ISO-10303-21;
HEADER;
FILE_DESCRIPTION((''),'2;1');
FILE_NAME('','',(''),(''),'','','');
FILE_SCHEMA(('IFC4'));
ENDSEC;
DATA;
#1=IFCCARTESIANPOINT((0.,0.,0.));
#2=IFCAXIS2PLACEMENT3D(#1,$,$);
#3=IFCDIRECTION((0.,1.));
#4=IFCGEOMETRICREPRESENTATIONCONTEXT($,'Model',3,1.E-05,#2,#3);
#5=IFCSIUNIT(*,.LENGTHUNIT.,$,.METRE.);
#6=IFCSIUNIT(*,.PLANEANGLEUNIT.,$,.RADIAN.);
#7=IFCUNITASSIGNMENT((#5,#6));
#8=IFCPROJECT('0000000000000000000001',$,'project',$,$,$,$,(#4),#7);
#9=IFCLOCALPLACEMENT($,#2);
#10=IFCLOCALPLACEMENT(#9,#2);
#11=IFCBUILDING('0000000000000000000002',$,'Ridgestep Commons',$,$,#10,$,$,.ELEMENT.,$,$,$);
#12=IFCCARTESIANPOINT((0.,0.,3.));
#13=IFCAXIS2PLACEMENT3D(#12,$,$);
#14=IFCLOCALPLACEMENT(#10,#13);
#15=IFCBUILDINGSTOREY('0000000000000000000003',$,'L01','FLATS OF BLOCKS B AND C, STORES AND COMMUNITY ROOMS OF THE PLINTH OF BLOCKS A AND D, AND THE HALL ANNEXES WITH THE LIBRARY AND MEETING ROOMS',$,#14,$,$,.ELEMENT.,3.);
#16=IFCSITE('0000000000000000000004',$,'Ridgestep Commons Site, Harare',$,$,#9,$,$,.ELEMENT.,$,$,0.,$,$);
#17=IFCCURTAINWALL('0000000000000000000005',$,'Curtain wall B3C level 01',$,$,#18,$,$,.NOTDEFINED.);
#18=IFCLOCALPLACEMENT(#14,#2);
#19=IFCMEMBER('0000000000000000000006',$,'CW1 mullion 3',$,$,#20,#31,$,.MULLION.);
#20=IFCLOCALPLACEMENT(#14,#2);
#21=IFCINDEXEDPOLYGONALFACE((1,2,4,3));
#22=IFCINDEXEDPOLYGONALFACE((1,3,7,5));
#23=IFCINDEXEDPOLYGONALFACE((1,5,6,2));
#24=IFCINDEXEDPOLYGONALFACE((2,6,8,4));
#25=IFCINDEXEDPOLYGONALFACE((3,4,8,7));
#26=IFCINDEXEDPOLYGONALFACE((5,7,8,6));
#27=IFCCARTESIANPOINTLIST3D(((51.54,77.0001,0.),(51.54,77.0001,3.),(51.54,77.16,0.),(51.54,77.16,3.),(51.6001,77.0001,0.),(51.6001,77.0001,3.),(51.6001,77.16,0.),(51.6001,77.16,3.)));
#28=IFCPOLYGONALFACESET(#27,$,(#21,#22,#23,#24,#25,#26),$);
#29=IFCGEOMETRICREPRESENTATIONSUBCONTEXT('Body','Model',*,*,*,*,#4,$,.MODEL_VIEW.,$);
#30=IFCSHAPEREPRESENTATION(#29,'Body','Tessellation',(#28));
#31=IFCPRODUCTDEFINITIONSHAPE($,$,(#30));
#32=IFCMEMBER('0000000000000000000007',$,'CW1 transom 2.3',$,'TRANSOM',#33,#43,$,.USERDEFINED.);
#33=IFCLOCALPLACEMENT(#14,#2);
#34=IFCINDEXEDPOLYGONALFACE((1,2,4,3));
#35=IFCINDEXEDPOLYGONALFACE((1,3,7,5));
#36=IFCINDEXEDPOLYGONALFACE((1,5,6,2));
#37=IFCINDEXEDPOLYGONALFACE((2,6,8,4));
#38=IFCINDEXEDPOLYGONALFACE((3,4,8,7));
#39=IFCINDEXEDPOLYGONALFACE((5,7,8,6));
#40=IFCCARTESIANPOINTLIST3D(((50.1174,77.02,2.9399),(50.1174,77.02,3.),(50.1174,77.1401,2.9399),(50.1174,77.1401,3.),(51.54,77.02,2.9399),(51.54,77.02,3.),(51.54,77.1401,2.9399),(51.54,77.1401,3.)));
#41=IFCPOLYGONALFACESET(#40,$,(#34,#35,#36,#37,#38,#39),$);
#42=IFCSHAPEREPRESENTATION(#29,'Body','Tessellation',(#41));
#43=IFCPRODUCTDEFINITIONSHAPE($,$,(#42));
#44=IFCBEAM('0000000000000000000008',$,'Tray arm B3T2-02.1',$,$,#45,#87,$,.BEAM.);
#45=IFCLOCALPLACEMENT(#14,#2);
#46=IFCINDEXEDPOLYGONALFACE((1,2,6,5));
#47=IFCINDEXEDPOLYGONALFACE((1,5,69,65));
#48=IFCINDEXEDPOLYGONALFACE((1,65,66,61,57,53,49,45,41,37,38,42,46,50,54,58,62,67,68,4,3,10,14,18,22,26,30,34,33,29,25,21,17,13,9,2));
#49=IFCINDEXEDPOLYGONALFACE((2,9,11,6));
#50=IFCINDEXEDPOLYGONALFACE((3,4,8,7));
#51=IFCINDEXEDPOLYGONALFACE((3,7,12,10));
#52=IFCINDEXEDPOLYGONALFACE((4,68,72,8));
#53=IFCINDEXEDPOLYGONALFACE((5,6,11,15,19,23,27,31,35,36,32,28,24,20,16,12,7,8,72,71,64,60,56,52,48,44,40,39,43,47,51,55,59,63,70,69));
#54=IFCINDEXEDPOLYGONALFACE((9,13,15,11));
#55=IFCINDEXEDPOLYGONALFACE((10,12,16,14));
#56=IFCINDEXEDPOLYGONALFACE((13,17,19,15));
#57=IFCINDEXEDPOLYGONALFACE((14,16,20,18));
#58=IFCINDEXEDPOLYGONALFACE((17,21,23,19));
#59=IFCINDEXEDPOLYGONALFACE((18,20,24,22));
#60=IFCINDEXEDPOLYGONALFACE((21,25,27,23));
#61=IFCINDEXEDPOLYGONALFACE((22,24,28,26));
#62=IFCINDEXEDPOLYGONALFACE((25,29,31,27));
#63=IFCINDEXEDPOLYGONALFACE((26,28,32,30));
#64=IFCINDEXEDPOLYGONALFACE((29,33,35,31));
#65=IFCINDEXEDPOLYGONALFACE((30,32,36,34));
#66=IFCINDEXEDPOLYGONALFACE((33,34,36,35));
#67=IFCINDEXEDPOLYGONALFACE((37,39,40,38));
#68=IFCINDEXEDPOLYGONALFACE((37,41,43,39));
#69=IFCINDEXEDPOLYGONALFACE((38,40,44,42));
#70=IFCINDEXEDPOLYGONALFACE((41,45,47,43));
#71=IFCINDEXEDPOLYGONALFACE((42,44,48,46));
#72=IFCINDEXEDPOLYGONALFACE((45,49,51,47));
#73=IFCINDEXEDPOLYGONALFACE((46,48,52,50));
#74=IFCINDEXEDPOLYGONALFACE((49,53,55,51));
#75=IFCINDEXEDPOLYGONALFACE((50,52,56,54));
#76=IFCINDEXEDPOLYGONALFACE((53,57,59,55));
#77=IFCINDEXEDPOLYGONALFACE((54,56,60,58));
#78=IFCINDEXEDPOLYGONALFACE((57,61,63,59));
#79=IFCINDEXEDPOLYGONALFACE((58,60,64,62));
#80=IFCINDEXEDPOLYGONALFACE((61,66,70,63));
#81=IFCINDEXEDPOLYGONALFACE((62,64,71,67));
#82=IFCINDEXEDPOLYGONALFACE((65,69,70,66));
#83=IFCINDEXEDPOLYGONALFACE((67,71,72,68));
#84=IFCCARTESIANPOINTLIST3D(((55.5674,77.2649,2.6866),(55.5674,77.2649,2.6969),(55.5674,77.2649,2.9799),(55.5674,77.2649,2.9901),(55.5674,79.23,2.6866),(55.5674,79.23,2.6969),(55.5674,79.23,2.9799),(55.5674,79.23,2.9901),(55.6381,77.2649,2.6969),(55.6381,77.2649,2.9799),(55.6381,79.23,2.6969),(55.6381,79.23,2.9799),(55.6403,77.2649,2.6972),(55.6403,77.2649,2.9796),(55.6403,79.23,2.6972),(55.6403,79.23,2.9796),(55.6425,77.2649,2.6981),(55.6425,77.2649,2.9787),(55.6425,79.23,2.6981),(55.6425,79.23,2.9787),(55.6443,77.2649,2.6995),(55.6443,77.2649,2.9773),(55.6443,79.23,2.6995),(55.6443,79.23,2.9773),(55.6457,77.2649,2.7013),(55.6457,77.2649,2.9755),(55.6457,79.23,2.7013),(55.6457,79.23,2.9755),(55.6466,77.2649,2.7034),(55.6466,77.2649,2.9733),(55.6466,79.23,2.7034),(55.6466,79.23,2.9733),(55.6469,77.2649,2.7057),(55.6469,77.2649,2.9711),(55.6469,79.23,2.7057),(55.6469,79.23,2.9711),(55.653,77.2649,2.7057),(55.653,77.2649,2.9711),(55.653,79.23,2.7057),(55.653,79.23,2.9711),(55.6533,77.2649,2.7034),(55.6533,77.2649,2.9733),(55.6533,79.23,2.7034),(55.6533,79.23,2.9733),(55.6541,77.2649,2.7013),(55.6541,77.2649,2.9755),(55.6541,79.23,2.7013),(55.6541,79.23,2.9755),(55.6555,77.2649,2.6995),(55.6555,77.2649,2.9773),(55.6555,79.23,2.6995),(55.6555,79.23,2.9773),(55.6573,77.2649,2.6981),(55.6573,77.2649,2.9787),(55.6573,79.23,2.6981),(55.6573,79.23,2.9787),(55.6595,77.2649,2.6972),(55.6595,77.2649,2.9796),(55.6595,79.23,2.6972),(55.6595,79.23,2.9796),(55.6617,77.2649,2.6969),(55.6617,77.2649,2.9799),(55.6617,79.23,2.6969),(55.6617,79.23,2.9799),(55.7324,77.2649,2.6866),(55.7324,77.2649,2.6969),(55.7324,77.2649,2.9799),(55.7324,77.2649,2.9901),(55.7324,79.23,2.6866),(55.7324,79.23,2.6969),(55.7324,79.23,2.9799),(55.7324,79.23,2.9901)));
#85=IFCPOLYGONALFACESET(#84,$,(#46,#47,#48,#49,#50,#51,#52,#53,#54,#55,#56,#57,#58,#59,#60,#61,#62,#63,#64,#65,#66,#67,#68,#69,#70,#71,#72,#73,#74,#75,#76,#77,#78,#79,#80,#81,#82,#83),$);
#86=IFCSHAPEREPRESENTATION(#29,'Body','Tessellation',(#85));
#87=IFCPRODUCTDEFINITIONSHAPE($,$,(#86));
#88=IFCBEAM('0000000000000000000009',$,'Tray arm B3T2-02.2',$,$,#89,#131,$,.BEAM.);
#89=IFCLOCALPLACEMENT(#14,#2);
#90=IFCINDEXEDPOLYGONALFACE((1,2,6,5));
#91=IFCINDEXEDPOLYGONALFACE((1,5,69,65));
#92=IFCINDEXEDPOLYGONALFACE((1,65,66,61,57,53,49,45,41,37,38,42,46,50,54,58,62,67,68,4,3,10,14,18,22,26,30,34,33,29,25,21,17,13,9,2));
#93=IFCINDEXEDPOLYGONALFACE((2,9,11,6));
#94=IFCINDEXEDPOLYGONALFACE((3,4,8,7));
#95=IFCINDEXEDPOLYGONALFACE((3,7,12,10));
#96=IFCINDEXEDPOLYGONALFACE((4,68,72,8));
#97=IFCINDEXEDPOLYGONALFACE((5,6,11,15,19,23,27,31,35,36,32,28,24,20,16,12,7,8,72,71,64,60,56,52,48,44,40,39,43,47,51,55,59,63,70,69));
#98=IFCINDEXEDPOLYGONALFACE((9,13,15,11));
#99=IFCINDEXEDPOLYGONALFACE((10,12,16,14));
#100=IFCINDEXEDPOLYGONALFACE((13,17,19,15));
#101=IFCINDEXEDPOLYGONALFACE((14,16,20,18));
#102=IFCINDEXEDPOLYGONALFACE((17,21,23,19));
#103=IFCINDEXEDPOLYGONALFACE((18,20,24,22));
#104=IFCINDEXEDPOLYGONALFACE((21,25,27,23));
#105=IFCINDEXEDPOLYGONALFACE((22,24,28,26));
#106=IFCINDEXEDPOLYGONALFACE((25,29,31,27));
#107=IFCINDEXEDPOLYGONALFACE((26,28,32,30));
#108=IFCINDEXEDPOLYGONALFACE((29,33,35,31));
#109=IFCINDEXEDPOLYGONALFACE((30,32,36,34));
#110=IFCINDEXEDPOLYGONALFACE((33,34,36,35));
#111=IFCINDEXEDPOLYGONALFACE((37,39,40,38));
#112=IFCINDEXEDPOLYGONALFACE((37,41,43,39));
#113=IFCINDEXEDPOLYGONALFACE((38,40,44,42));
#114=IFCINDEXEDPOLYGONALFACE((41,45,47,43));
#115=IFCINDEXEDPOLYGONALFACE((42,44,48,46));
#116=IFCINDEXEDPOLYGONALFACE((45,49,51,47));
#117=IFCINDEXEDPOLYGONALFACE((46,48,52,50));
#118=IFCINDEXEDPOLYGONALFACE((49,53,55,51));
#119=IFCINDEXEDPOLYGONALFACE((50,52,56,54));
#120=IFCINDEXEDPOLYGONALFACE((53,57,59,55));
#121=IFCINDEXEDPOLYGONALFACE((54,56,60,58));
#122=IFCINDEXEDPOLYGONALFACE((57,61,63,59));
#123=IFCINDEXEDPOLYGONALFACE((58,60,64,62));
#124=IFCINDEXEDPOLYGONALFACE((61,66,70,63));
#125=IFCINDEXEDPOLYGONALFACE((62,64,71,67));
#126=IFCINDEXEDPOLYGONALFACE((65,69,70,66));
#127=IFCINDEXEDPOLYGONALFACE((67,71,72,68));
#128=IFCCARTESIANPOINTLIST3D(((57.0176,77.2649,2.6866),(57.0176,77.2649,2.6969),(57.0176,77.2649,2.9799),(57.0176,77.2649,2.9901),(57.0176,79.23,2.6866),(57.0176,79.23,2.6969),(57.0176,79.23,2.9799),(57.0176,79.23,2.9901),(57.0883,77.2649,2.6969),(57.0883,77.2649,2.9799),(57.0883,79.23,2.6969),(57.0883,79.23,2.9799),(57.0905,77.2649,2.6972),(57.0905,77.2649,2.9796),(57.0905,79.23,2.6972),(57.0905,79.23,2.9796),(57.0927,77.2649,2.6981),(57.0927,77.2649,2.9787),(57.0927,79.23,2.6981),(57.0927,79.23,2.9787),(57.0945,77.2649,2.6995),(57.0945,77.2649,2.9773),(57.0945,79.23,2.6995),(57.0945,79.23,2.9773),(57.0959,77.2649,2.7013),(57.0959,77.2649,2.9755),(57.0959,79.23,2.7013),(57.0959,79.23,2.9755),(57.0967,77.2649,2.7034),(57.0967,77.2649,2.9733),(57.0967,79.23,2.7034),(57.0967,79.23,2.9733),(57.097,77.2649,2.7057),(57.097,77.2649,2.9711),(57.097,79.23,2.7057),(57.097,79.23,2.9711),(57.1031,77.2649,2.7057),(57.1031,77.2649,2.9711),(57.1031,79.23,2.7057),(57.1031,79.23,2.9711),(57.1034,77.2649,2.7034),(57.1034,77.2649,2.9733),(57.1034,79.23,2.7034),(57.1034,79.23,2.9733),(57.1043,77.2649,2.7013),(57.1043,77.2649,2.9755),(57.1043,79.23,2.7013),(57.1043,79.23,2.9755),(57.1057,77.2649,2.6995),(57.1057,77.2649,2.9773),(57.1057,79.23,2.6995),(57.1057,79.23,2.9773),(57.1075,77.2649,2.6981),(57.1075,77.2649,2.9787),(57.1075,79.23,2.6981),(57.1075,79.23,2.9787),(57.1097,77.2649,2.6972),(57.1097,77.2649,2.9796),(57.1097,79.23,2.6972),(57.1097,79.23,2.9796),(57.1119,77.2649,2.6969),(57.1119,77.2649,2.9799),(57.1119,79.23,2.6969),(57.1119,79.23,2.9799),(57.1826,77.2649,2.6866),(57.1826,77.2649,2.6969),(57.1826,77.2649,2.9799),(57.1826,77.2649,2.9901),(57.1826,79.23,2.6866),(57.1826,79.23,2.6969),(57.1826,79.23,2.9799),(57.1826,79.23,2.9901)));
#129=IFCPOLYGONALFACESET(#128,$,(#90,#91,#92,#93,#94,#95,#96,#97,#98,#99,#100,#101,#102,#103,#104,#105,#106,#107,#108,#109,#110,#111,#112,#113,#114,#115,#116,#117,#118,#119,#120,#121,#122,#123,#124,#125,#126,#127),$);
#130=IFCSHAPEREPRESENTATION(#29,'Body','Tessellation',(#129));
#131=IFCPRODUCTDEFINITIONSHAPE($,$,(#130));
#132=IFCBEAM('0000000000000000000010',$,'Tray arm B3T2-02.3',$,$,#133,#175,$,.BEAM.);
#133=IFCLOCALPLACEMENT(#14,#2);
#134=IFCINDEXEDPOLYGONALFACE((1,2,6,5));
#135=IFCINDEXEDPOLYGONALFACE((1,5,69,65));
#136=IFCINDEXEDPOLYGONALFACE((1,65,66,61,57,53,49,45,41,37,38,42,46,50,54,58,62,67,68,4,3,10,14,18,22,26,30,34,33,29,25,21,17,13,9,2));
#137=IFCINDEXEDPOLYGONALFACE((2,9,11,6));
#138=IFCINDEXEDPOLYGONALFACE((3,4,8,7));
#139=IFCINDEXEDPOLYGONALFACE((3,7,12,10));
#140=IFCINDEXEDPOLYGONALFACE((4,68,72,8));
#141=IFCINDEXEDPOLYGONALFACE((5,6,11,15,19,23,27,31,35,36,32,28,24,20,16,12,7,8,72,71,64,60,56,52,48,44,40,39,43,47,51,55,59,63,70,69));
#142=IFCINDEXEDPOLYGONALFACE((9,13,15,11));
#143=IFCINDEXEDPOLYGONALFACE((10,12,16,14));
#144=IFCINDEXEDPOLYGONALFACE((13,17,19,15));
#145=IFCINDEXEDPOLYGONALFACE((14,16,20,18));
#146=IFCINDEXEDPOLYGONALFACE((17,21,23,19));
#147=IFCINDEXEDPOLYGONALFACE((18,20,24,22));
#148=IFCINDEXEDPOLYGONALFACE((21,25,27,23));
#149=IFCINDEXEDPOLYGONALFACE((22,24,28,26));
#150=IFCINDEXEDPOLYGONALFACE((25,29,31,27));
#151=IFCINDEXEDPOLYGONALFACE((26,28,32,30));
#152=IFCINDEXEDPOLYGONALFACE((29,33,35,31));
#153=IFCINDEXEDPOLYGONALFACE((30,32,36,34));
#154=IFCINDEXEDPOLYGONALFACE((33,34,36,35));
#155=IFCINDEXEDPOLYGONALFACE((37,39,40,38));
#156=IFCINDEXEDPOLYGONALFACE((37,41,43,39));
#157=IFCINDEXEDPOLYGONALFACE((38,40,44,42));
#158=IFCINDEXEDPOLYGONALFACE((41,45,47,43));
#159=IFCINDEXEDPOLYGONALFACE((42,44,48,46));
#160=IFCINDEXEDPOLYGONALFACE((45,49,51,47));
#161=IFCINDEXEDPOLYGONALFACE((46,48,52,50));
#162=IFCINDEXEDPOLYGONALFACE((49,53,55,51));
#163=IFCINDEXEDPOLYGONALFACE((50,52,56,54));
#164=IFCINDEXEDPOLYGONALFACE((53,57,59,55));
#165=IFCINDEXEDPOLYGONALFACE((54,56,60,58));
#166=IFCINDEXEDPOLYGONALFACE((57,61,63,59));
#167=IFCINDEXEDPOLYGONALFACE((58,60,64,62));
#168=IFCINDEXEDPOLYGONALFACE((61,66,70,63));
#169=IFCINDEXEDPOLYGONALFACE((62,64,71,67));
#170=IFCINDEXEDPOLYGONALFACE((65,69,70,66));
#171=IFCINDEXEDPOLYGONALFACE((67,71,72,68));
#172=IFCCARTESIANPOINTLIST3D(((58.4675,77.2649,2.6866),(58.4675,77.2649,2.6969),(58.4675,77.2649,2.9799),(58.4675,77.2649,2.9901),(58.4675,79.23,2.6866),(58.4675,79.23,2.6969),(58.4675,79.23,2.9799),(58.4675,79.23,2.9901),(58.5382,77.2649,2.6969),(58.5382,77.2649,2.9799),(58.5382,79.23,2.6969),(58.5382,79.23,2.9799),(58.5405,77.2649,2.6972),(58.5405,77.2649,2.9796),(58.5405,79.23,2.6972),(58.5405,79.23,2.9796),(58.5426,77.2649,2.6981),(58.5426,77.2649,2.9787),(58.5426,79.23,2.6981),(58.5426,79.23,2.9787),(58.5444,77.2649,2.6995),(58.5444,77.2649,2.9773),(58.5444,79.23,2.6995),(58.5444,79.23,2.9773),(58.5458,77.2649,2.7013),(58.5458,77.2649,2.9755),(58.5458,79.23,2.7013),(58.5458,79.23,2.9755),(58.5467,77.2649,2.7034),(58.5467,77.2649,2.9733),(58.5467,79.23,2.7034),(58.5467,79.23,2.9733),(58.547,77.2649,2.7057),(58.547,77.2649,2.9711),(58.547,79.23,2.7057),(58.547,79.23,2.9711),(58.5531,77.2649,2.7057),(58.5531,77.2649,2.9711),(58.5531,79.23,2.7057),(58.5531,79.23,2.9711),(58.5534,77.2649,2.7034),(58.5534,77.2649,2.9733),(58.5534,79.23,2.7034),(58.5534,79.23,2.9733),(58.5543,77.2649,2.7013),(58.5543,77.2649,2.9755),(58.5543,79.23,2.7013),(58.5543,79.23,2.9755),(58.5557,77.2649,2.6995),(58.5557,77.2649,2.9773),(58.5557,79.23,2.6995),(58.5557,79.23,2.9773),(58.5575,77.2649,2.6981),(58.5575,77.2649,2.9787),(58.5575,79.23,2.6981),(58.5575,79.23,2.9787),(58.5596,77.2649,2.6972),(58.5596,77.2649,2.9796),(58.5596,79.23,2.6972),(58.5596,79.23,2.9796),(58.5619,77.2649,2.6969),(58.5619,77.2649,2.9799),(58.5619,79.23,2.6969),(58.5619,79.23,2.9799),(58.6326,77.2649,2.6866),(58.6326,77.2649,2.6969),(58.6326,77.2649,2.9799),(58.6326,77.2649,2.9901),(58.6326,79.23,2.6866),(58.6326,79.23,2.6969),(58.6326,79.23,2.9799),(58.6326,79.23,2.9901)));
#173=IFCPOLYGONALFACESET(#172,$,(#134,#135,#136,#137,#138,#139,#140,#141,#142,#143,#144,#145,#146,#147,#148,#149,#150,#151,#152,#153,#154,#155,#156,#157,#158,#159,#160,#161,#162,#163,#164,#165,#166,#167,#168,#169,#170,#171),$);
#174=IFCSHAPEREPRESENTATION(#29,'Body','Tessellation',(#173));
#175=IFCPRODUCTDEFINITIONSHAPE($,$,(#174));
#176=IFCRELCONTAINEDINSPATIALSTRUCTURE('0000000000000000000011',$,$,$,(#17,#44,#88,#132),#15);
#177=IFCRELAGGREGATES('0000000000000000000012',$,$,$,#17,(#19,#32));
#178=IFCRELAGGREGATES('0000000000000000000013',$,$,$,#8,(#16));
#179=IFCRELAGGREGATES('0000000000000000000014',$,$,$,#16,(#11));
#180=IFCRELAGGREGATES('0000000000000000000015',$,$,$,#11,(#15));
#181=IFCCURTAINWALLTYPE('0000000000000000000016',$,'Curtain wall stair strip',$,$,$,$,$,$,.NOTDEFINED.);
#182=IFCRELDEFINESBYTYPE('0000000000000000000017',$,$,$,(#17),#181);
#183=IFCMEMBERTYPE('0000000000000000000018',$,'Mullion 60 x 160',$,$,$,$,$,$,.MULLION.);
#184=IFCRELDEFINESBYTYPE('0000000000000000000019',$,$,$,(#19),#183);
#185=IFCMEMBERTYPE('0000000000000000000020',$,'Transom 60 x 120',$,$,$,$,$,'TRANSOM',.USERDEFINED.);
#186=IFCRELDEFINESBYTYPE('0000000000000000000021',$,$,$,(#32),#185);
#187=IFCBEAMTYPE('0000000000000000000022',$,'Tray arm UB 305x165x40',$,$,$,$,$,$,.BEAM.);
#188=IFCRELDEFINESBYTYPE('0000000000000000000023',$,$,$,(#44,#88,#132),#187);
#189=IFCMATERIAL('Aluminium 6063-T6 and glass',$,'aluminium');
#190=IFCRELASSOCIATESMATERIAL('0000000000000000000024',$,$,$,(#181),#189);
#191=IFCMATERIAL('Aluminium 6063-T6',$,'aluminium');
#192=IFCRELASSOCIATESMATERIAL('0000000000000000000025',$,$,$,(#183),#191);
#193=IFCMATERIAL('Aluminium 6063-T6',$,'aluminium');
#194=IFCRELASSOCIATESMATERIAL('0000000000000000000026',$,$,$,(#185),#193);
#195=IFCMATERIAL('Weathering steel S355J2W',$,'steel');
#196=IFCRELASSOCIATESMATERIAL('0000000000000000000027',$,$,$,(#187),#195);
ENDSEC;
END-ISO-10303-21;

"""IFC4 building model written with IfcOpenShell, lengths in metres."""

from ifc_helpers import new_model, si_unit, direction, frame, origin, origin_2d, place, context, subcontext, project, spatial, rectangle, i_section, extrude, material, material_profile, profile_set, type_object, element, aggregate, save


model = new_model("IFC4")

# Units and contexts
model_context = context("Model", 3, precision=1e-05, world=origin(), true_north=direction((0.0, 1.0)))
body_context = subcontext(model_context, "Body", "Model", "MODEL_VIEW")
ifc_project = project(units=[si_unit("LENGTHUNIT", "METRE"), si_unit("PLANEANGLEUNIT", "RADIAN")], contexts=[model_context])

# Site, building, storey
site_placement = place(None, origin())
site = spatial("IfcSite", under=ifc_project, at=site_placement, Name="Ridgestep Commons Site, Harare", CompositionType="ELEMENT", RefElevation=0.0)
building_placement = place(site_placement, origin())
building = spatial("IfcBuilding", under=site, at=building_placement, Name="Ridgestep Commons", CompositionType="ELEMENT")
storey_placement = place(building_placement, frame((0.0, 0.0, 3.0)))
storey = spatial("IfcBuildingStorey", under=building, at=storey_placement, Name="L01", Description="FLATS OF BLOCKS B AND C, STORES AND COMMUNITY ROOMS OF THE PLINTH OF BLOCKS A AND D, AND THE HALL ANNEXES WITH THE LIBRARY AND MEETING ROOMS", CompositionType="ELEMENT", Elevation=3.0)

# Curtain wall, members
ifc_material_1 = material(Name="Aluminium 6063-T6 and glass", Category="aluminium")
curtain_wall_type = type_object("IfcCurtainWallType", Name="Curtain wall stair strip", PredefinedType="NOTDEFINED", material=ifc_material_1)
curtain_wall_placement = place(storey_placement, origin())
curtain_wall = element("IfcCurtainWall", 1, at=curtain_wall_placement, inside=storey, type_object=curtain_wall_type, Name="Curtain wall B3C level 01", PredefinedType="NOTDEFINED")
ifc_material_2 = material(Name="Aluminium 6063-T6", Category="aluminium")
ifc_material_profile_1 = material_profile(ifc_material_2, rectangle(XDim=0.1599, YDim=0.0601, at=origin_2d()), Name="Mullion 60 x 160")
ifc_profile_set_1 = profile_set([ifc_material_profile_1], Name="Aluminium 6063-T6")
member_type_1 = type_object("IfcMemberType", Name="Mullion 60 x 160", PredefinedType="MULLION", material=ifc_profile_set_1)
member_1_placement = place(storey_placement, frame((51.5701, 77.0801, 0.0), z_axis=(0.0, 0.0, 1.0), x_axis=(0.0, 1.0, 0.0)))
member_1 = element("IfcMember", 2, at=member_1_placement, type_object=member_type_1, Name="CW1 mullion 3", PredefinedType="MULLION", context=body_context, shape_type="SweptSolid", body=[
    extrude(rectangle(XDim=0.1599, YDim=0.0601, at=origin_2d()), origin(), (0.0, 0.0, 1.0), 3.0),
])
ifc_material_3 = material(Name="Aluminium 6063-T6", Category="aluminium")
ifc_material_profile_2 = material_profile(ifc_material_3, rectangle(XDim=0.1201, YDim=0.0601, at=origin_2d()), Name="Transom 60 x 120")
ifc_profile_set_2 = profile_set([ifc_material_profile_2], Name="Aluminium 6063-T6")
member_type_2 = type_object("IfcMemberType", Name="Transom 60 x 120", ElementType="TRANSOM", PredefinedType="USERDEFINED", material=ifc_profile_set_2)
member_2_placement = place(storey_placement, frame((50.1174, 77.0801, 2.97), z_axis=(1.0, 0.0, 0.0), x_axis=(0.0, 1.0, 0.0)))
member_2 = element("IfcMember", 3, at=member_2_placement, type_object=member_type_2, Name="CW1 transom 2.3", ObjectType="TRANSOM", PredefinedType="USERDEFINED", context=body_context, shape_type="SweptSolid", body=[
    extrude(rectangle(XDim=0.1201, YDim=0.0601, at=origin_2d()), origin(), (0.0, 0.0, 1.0), 1.4226),
])

# Beams
ifc_material_4 = material(Name="Weathering steel S355J2W", Category="steel")
ifc_material_profile_3 = material_profile(ifc_material_4, i_section(OverallWidth=0.165, OverallDepth=0.3035, WebThickness=0.0061, FlangeThickness=0.0103, FilletRadius=0.0088, at=origin_2d()), Name="UB 305x165x40")
ifc_profile_set_3 = profile_set([ifc_material_profile_3], Name="Weathering steel S355J2W")
beam_type_1 = type_object("IfcBeamType", Name="Tray arm UB 305x165x40", PredefinedType="BEAM", material=ifc_profile_set_3)
for number, where, z_axis, x_axis, name in (
    (4, (55.6499, 77.2649, 2.8384), (0.0, 1.0, 0.0), (-1.0, 0.0, 0.0), "Tray arm B3T2-02.1"),
    (5, (57.1001, 77.2649, 2.8384), (0.0, 1.0, 0.0), (-1.0, 0.0, 0.0), "Tray arm B3T2-02.2"),
    (6, (58.55, 77.2649, 2.8384), (0.0, 1.0, 0.0), (-1.0, 0.0, 0.0), "Tray arm B3T2-02.3"),
):
    element("IfcBeam", number, at=place(storey_placement, frame(where, z_axis=z_axis, x_axis=x_axis)), inside=storey, type_object=beam_type_1, Name=name, PredefinedType="BEAM", context=body_context, shape_type="SweptSolid", body=[
        extrude(i_section(OverallWidth=0.165, OverallDepth=0.3035, WebThickness=0.0061, FlangeThickness=0.0103, FilletRadius=0.0088, at=origin_2d()), origin(), (0.0, 0.0, 1.0), 1.9651),
    ])

aggregate(curtain_wall, [member_1, member_2])

save(model, "model.ifc")
